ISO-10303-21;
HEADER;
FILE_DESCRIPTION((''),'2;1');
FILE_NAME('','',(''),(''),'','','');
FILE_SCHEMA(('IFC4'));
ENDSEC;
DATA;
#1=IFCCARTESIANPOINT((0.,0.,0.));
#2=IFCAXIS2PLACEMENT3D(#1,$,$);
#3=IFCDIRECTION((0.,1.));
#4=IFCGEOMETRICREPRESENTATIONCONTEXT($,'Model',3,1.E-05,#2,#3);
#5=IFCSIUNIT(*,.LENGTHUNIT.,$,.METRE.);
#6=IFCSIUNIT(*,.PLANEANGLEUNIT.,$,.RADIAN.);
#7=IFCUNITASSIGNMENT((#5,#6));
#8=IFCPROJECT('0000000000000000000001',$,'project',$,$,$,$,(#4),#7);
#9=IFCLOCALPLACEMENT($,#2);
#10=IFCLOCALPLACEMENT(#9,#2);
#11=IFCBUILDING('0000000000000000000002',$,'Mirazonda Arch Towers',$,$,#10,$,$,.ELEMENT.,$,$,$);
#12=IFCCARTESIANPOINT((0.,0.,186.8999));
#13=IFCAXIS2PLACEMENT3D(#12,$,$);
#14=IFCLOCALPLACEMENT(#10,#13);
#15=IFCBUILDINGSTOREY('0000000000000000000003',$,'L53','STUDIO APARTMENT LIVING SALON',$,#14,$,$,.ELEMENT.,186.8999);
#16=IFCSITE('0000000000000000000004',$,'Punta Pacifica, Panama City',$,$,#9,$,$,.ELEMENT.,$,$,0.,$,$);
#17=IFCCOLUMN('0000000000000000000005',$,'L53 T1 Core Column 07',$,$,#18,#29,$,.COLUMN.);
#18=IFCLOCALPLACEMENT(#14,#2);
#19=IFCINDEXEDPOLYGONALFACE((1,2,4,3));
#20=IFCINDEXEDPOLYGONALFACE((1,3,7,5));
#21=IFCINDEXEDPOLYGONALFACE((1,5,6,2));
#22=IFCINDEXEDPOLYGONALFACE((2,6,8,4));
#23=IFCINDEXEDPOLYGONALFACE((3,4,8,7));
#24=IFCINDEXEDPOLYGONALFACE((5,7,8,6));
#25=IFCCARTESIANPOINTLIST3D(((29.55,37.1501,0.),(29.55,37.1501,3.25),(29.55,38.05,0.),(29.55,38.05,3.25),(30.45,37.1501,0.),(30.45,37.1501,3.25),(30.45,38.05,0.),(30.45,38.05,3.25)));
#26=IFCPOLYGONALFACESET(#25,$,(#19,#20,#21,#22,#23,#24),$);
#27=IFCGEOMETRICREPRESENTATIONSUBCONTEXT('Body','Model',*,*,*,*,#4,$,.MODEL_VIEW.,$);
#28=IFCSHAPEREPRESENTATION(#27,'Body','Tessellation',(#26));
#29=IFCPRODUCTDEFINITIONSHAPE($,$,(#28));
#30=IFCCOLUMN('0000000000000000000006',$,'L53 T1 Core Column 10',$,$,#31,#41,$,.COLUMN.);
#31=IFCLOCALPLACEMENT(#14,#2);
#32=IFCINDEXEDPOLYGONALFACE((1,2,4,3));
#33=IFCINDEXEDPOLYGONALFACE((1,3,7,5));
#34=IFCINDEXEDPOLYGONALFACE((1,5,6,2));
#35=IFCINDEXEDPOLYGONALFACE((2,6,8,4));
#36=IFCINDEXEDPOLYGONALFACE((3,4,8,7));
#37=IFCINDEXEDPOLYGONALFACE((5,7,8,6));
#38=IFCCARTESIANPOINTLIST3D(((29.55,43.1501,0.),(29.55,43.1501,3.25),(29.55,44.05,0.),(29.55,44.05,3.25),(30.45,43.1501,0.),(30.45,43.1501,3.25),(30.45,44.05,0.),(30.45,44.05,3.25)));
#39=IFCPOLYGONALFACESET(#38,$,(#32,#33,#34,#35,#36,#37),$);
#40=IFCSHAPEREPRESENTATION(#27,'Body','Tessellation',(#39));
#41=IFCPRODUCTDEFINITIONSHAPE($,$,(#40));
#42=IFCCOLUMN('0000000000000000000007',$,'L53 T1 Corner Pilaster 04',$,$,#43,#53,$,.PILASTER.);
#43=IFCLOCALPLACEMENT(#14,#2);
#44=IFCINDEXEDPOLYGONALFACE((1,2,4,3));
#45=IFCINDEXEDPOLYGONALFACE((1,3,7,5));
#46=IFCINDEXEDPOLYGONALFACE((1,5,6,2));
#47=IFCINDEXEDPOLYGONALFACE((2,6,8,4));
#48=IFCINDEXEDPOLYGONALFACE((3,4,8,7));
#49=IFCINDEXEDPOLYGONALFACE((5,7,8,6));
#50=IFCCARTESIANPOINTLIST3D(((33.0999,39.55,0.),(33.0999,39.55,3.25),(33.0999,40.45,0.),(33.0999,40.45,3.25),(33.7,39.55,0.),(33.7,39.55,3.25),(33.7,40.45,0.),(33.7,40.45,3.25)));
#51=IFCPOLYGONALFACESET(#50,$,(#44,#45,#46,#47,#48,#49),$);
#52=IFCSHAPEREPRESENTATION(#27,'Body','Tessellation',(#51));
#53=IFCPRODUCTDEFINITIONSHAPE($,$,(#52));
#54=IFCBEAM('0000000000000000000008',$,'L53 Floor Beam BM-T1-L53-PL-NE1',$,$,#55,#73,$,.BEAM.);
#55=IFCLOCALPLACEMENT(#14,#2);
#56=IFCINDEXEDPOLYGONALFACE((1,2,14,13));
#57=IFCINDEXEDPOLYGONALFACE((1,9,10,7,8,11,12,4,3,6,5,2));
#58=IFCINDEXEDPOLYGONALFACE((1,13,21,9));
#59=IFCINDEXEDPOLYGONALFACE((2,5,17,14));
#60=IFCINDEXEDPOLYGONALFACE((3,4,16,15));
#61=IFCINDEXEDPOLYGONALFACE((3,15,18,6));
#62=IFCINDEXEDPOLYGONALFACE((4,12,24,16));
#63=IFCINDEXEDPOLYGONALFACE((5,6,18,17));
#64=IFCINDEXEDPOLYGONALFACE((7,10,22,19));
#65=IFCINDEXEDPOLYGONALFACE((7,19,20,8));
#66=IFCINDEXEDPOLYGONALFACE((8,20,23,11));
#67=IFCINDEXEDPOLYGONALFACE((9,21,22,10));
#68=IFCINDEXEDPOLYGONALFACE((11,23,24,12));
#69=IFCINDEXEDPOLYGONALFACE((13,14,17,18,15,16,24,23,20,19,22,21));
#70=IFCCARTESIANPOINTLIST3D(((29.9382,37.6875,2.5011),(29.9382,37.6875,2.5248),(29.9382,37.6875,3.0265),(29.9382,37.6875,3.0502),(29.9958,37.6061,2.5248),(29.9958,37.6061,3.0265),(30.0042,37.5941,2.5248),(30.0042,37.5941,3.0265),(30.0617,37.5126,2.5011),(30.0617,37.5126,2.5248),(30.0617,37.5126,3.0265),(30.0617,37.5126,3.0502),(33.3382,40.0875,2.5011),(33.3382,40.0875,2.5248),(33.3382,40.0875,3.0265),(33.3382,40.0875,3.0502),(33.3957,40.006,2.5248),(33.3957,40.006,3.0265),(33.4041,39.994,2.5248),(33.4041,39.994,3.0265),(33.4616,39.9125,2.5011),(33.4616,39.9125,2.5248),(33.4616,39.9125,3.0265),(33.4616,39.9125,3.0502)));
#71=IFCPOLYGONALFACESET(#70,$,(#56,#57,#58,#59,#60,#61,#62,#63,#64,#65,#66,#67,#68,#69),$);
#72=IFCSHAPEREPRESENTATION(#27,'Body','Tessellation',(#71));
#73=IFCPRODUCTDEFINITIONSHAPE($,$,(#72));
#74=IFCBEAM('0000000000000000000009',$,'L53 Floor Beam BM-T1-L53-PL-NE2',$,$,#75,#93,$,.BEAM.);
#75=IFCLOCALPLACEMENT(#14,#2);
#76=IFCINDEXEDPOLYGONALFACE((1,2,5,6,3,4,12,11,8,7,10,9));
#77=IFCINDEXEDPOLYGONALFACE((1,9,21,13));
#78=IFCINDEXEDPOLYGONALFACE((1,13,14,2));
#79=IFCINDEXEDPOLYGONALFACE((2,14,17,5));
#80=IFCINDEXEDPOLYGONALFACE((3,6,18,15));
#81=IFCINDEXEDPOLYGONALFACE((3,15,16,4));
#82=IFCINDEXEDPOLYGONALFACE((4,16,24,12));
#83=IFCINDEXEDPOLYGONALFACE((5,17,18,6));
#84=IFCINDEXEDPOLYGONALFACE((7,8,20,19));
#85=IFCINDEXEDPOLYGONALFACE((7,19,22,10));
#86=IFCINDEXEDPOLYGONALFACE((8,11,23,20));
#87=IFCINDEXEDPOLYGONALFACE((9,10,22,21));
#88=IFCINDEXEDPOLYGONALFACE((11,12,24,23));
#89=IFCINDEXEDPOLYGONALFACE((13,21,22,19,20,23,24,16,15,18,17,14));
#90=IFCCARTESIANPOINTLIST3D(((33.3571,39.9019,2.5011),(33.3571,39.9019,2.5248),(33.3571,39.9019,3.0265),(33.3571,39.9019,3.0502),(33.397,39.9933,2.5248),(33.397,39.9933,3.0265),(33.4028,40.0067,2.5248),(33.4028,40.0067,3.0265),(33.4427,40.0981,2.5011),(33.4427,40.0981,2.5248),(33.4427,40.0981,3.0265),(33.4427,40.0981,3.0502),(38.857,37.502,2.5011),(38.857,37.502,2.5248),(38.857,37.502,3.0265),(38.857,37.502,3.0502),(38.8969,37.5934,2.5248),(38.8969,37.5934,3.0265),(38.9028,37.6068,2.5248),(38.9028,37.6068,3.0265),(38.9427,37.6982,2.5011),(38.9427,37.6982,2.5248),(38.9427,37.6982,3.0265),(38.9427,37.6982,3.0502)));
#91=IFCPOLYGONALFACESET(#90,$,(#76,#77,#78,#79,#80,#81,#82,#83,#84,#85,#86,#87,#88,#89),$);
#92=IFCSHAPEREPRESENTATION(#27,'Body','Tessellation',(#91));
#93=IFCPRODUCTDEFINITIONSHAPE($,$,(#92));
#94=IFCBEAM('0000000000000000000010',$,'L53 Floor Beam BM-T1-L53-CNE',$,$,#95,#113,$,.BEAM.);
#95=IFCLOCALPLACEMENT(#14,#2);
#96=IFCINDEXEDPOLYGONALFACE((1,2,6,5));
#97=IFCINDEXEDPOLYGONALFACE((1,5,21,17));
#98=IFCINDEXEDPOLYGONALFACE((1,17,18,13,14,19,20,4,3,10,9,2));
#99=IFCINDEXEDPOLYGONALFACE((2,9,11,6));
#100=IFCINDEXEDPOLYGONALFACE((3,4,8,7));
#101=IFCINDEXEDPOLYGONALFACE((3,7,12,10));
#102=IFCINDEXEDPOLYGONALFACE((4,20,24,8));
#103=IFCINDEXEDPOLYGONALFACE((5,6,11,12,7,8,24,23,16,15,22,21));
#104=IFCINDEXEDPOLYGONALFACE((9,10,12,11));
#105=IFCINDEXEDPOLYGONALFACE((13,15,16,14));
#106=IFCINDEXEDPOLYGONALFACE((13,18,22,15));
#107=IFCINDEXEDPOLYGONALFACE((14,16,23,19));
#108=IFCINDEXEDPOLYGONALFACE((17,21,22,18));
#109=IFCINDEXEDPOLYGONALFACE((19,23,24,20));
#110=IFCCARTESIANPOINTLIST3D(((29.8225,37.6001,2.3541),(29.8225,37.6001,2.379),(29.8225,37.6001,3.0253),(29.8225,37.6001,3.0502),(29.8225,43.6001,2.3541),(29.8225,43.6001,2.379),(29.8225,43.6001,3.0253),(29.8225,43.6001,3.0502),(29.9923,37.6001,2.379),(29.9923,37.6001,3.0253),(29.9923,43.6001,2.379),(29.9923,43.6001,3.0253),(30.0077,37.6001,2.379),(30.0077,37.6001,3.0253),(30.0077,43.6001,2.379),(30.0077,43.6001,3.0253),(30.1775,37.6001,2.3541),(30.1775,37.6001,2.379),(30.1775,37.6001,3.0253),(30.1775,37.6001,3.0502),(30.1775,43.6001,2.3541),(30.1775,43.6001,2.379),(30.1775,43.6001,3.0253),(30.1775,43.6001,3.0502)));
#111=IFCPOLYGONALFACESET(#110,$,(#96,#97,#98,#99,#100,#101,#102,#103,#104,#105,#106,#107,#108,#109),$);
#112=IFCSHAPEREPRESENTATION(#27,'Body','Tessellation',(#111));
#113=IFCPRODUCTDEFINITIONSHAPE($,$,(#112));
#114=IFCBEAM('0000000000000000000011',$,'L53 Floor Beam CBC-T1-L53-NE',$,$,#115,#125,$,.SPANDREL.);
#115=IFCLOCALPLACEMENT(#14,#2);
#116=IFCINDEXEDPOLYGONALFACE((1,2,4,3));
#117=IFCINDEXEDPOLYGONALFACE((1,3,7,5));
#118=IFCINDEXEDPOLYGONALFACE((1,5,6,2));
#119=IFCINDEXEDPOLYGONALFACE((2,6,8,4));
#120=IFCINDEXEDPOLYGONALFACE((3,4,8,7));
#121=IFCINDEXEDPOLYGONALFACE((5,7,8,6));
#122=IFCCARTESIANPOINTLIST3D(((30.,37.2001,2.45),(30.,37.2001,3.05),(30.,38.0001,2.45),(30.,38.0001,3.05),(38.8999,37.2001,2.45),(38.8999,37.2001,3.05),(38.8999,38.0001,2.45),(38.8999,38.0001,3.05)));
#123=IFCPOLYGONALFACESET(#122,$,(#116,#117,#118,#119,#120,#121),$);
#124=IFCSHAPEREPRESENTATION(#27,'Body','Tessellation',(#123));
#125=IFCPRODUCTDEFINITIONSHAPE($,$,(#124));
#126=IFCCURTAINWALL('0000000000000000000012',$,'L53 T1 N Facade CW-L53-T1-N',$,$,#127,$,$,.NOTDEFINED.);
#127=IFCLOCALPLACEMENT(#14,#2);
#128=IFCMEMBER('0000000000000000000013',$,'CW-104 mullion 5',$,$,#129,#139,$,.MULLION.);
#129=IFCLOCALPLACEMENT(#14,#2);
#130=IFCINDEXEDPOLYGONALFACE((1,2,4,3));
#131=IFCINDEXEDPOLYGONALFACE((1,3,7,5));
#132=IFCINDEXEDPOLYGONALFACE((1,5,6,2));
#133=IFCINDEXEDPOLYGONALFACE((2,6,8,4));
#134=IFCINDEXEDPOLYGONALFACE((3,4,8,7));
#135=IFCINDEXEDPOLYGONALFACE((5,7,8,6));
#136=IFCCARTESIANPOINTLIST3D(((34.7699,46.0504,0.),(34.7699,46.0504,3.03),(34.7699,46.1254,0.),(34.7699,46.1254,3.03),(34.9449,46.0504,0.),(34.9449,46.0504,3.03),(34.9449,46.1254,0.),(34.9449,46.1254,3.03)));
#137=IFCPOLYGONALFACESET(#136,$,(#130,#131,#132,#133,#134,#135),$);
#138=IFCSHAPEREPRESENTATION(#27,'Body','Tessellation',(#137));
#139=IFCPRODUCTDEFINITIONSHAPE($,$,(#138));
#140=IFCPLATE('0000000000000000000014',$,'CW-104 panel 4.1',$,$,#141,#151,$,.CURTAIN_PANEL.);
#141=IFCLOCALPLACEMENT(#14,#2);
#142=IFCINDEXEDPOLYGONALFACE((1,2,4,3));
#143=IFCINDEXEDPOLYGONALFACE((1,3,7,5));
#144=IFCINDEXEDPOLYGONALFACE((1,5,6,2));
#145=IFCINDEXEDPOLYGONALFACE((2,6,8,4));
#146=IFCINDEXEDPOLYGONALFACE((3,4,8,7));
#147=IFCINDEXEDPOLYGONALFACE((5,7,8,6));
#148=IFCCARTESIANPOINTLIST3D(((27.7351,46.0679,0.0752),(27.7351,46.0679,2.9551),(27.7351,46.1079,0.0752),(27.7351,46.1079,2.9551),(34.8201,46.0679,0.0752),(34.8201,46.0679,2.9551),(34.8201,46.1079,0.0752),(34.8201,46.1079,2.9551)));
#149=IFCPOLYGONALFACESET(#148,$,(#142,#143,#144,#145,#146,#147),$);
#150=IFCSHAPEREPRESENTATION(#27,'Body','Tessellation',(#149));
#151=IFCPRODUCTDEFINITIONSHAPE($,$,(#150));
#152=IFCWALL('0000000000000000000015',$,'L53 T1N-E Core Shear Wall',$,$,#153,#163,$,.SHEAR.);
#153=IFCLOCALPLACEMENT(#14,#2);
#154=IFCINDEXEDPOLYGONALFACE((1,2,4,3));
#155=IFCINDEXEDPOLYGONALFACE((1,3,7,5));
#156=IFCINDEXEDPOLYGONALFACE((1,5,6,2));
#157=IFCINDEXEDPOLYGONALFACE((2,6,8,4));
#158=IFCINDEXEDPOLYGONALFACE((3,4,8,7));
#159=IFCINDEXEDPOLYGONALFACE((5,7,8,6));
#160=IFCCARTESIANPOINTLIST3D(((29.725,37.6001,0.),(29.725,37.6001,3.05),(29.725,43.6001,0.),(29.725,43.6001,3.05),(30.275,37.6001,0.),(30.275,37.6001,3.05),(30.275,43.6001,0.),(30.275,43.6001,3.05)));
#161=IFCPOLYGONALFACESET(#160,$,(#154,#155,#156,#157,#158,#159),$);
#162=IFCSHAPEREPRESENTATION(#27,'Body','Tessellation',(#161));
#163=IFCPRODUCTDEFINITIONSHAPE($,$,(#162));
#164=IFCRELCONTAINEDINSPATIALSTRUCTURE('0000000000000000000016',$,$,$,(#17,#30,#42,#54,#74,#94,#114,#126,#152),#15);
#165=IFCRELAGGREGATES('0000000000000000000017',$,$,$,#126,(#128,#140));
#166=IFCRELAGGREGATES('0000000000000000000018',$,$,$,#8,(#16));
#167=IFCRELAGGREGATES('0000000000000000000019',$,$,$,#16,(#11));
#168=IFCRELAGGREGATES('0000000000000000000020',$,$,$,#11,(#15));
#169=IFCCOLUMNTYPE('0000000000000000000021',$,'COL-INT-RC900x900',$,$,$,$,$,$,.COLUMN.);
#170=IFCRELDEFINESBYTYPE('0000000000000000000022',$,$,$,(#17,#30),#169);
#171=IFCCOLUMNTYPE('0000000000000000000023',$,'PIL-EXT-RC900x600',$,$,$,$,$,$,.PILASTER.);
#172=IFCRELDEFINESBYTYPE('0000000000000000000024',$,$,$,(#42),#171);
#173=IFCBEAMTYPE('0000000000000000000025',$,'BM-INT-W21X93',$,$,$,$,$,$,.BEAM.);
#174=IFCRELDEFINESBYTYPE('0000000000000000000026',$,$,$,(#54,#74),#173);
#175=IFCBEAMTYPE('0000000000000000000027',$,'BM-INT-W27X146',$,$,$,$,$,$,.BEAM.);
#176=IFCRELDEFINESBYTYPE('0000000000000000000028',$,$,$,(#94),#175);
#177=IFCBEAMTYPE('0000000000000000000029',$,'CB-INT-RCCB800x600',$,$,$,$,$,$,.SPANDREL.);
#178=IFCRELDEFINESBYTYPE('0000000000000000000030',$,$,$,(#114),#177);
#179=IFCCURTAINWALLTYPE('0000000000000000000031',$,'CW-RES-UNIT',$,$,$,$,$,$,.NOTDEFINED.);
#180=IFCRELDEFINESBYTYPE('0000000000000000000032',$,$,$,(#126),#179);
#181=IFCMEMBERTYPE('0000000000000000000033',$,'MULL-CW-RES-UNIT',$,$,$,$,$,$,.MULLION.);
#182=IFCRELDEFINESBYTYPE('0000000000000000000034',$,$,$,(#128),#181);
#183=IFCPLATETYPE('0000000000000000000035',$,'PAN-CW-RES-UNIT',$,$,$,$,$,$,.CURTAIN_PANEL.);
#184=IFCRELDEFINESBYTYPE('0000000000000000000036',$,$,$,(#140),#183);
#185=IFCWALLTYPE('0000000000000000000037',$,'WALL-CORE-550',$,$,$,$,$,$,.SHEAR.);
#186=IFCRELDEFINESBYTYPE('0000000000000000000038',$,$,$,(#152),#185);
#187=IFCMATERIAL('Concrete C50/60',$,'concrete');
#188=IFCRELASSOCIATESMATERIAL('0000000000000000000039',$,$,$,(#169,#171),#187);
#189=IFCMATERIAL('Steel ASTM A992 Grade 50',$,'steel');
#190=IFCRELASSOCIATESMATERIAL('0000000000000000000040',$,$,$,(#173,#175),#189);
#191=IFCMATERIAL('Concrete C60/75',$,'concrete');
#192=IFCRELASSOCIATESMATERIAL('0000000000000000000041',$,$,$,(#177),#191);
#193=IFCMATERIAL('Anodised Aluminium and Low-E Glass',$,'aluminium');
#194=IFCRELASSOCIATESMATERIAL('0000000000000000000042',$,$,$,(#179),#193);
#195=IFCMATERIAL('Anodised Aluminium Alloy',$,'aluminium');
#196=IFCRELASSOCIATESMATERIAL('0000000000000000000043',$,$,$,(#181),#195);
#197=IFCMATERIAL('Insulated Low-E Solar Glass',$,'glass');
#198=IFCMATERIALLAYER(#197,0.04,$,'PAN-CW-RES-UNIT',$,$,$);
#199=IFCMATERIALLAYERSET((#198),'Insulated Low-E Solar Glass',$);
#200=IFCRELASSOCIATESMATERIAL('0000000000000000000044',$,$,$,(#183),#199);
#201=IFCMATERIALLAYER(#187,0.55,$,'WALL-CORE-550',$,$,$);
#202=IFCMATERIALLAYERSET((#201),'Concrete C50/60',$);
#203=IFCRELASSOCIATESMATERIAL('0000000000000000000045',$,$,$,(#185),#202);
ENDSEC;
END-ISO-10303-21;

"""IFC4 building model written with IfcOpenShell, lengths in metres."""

from ifc_helpers import new_model, si_unit, direction, frame, frame_2d, origin, origin_2d, place, context, subcontext, project, spatial, rectangle, i_section, extrude, material, layer, layer_set, material_profile, profile_set, type_object, element, aggregate, save


model = new_model("IFC4")

# Units and contexts
model_context = context("Model", 3, precision=1e-05, world=origin(), true_north=direction((0.0, 1.0)))
body_context = subcontext(model_context, "Body", "Model", "MODEL_VIEW")
ifc_project = project(units=[si_unit("LENGTHUNIT", "METRE"), si_unit("PLANEANGLEUNIT", "RADIAN")], contexts=[model_context])

# Site, building, storey
site_placement = place(None, origin())
site = spatial("IfcSite", under=ifc_project, at=site_placement, Name="Punta Pacifica, Panama City", CompositionType="ELEMENT", RefElevation=0.0)
building_placement = place(site_placement, origin())
building = spatial("IfcBuilding", under=site, at=building_placement, Name="Mirazonda Arch Towers", CompositionType="ELEMENT")
storey_placement = place(building_placement, frame((0.0, 0.0, 186.8999)))
storey = spatial("IfcBuildingStorey", under=building, at=storey_placement, Name="L53", Description="STUDIO APARTMENT LIVING SALON", CompositionType="ELEMENT", Elevation=186.8999)

# Columns
ifc_material_1 = material(Name="Concrete C50/60", Category="concrete")
ifc_material_profile_1 = material_profile(ifc_material_1, rectangle(XDim=0.8999, YDim=0.8999, at=origin_2d()), Name="RC900x900")
ifc_profile_set_1 = profile_set([ifc_material_profile_1], Name="Concrete C50/60")
column_type_1 = type_object("IfcColumnType", Name="COL-INT-RC900x900", PredefinedType="COLUMN", material=ifc_profile_set_1)
for number, where, z_axis, x_axis, name in (
    (1, (30.0, 37.6001, 0.0), (0.0, 0.0, 1.0), (1.0, 0.0, 0.0), "L53 T1 Core Column 07"),
    (2, (30.0, 43.6001, 0.0), (0.0, 0.0, 1.0), (1.0, 0.0, 0.0), "L53 T1 Core Column 10"),
):
    element("IfcColumn", number, at=place(storey_placement, frame(where, z_axis=z_axis, x_axis=x_axis)), inside=storey, type_object=column_type_1, Name=name, PredefinedType="COLUMN", context=body_context, shape_type="SweptSolid", body=[
        extrude(rectangle(XDim=0.8999, YDim=0.8999, at=origin_2d()), origin(), (0.0, 0.0, 1.0), 3.25),
    ])
ifc_material_profile_2 = material_profile(ifc_material_1, rectangle(XDim=0.6001, YDim=0.8999, at=origin_2d()), Name="RC900x600")
ifc_profile_set_2 = profile_set([ifc_material_profile_2], Name="Concrete C50/60")
column_type_2 = type_object("IfcColumnType", Name="PIL-EXT-RC900x600", PredefinedType="PILASTER", material=ifc_profile_set_2)
column_placement = place(storey_placement, frame((33.3999, 40.0, 0.0), z_axis=(0.0, 0.0, 1.0), x_axis=(1.0, 0.0, 0.0)))
element("IfcColumn", 3, at=column_placement, inside=storey, type_object=column_type_2, Name="L53 T1 Corner Pilaster 04", PredefinedType="PILASTER", context=body_context, shape_type="SweptSolid", body=[
    extrude(rectangle(XDim=0.6001, YDim=0.8999, at=origin_2d()), origin(), (0.0, 0.0, 1.0), 3.25),
])

# Beams
ifc_material_2 = material(Name="Steel ASTM A992 Grade 50", Category="steel")
ifc_material_profile_3 = material_profile(ifc_material_2, i_section(OverallWidth=0.2141, OverallDepth=0.5491, WebThickness=0.0146, FlangeThickness=0.0237, at=origin_2d()), Name="W21X93")
ifc_profile_set_3 = profile_set([ifc_material_profile_3], Name="Steel ASTM A992 Grade 50")
beam_type_1 = type_object("IfcBeamType", Name="BM-INT-W21X93", PredefinedType="BEAM", material=ifc_profile_set_3)
beam_1_placement = place(storey_placement, frame((33.3999, 40.0, 2.7756), z_axis=(-0.816971, -0.576679, 0.0), x_axis=(0.576679, -0.816971, 0.0)))
element("IfcBeam", 4, at=beam_1_placement, inside=storey, type_object=beam_type_1, Name="L53 Floor Beam BM-T1-L53-PL-NE1", PredefinedType="BEAM", context=body_context, shape_type="SweptSolid", body=[
    extrude(i_section(OverallWidth=0.2141, OverallDepth=0.5491, WebThickness=0.0146, FlangeThickness=0.0237, at=origin_2d()), origin(), (0.0, 0.0, 1.0), 4.1616),
])
beam_2_placement = place(storey_placement, frame((33.3999, 40.0, 2.7756), z_axis=(0.916545, -0.399931, 0.0), x_axis=(0.399931, 0.916545, 0.0)))
element("IfcBeam", 5, at=beam_2_placement, inside=storey, type_object=beam_type_1, Name="L53 Floor Beam BM-T1-L53-PL-NE2", PredefinedType="BEAM", context=body_context, shape_type="SweptSolid", body=[
    extrude(i_section(OverallWidth=0.2141, OverallDepth=0.5491, WebThickness=0.0146, FlangeThickness=0.0237, at=origin_2d()), origin(), (0.0, 0.0, 1.0), 6.0007),
])
ifc_material_profile_4 = material_profile(ifc_material_2, i_section(OverallWidth=0.355, OverallDepth=0.696, WebThickness=0.0154, FlangeThickness=0.0249, at=origin_2d()), Name="W27X146")
ifc_profile_set_4 = profile_set([ifc_material_profile_4], Name="Steel ASTM A992 Grade 50")
beam_type_2 = type_object("IfcBeamType", Name="BM-INT-W27X146", PredefinedType="BEAM", material=ifc_profile_set_4)
beam_3_placement = place(storey_placement, frame((30.0, 37.6001, 2.7021), z_axis=(0.0, 1.0, 0.0), x_axis=(-1.0, 0.0, 0.0)))
element("IfcBeam", 6, at=beam_3_placement, inside=storey, type_object=beam_type_2, Name="L53 Floor Beam BM-T1-L53-CNE", PredefinedType="BEAM", context=body_context, shape_type="SweptSolid", body=[
    extrude(i_section(OverallWidth=0.355, OverallDepth=0.696, WebThickness=0.0154, FlangeThickness=0.0249, at=origin_2d()), origin(), (0.0, 0.0, 1.0), 6.0),
])
ifc_material_3 = material(Name="Concrete C60/75", Category="concrete")
ifc_material_profile_5 = material_profile(ifc_material_3, rectangle(XDim=0.8, YDim=0.6001, at=origin_2d()), Name="RCCB800x600")
ifc_profile_set_5 = profile_set([ifc_material_profile_5], Name="Concrete C60/75")
beam_type_3 = type_object("IfcBeamType", Name="CB-INT-RCCB800x600", PredefinedType="SPANDREL", material=ifc_profile_set_5)
beam_4_placement = place(storey_placement, frame((30.0, 37.6001, 2.75), z_axis=(1.0, 0.0, 0.0), x_axis=(0.0, 1.0, 0.0)))
element("IfcBeam", 7, at=beam_4_placement, inside=storey, type_object=beam_type_3, Name="L53 Floor Beam CBC-T1-L53-NE", PredefinedType="SPANDREL", context=body_context, shape_type="SweptSolid", body=[
    extrude(rectangle(XDim=0.8, YDim=0.6001, at=origin_2d()), origin(), (0.0, 0.0, 1.0), 8.8999),
])

# Curtain wall, member, plate
ifc_material_4 = material(Name="Anodised Aluminium and Low-E Glass", Category="aluminium")
curtain_wall_type = type_object("IfcCurtainWallType", Name="CW-RES-UNIT", PredefinedType="NOTDEFINED", material=ifc_material_4)
curtain_wall_placement = place(storey_placement, origin())
curtain_wall = element("IfcCurtainWall", 8, at=curtain_wall_placement, inside=storey, type_object=curtain_wall_type, Name="L53 T1 N Facade CW-L53-T1-N", PredefinedType="NOTDEFINED")
ifc_material_5 = material(Name="Anodised Aluminium Alloy", Category="aluminium")
ifc_material_profile_6 = material_profile(ifc_material_5, rectangle(XDim=0.075, YDim=0.175, at=origin_2d()), Name="ALU-MULL-75x175")
ifc_profile_set_6 = profile_set([ifc_material_profile_6], Name="Anodised Aluminium Alloy")
member_type = type_object("IfcMemberType", Name="MULL-CW-RES-UNIT", PredefinedType="MULLION", material=ifc_profile_set_6)
member_placement = place(storey_placement, frame((34.8574, 46.0879, 0.0), z_axis=(0.0, 0.0, 1.0), x_axis=(0.0, 1.0, 0.0)))
member = element("IfcMember", 9, at=member_placement, type_object=member_type, Name="CW-104 mullion 5", PredefinedType="MULLION", context=body_context, shape_type="SweptSolid", body=[
    extrude(rectangle(XDim=0.075, YDim=0.175, at=origin_2d()), origin(), (0.0, 0.0, 1.0), 3.03),
])
ifc_material_6 = material(Name="Insulated Low-E Solar Glass", Category="glass")
ifc_layer_1 = layer(ifc_material_6, 0.04, Name="PAN-CW-RES-UNIT")
ifc_layer_set_1 = layer_set([ifc_layer_1], Name="Insulated Low-E Solar Glass")
plate_type = type_object("IfcPlateType", Name="PAN-CW-RES-UNIT", PredefinedType="CURTAIN_PANEL", material=ifc_layer_set_1)
plate_placement = place(storey_placement, frame((31.2776, 46.0879, 0.0752), z_axis=(0.0, 0.0, 1.0), x_axis=(1.0, 0.0, 0.0)))
plate = element("IfcPlate", 10, at=plate_placement, type_object=plate_type, Name="CW-104 panel 4.1", PredefinedType="CURTAIN_PANEL", context=body_context, shape_type="SweptSolid", body=[
    extrude(rectangle(XDim=7.085, YDim=0.04, at=origin_2d()), origin(), (0.0, 0.0, 1.0), 2.8799),
])
aggregate(curtain_wall, [member, plate])

# Wall
ifc_layer_2 = layer(ifc_material_1, 0.55, Name="WALL-CORE-550")
ifc_layer_set_2 = layer_set([ifc_layer_2], Name="Concrete C50/60")
wall_type_1 = type_object("IfcWallType", Name="WALL-CORE-550", PredefinedType="SHEAR", material=ifc_layer_set_2)
wall_1_placement = place(storey_placement, frame((30.0, 37.6001, 0.0), z_axis=(0.0, 0.0, 1.0), x_axis=(0.0, 1.0, 0.0)))
element("IfcWall", 11, at=wall_1_placement, inside=storey, type_object=wall_type_1, Name="L53 T1N-E Core Shear Wall", PredefinedType="SHEAR", context=body_context, shape_type="SweptSolid", body=[
    extrude(rectangle(XDim=6.0, YDim=0.55, at=frame_2d((3.0, 0.0))), origin(), (0.0, 0.0, 1.0), 3.05),
])

save(model, "model.ifc")
